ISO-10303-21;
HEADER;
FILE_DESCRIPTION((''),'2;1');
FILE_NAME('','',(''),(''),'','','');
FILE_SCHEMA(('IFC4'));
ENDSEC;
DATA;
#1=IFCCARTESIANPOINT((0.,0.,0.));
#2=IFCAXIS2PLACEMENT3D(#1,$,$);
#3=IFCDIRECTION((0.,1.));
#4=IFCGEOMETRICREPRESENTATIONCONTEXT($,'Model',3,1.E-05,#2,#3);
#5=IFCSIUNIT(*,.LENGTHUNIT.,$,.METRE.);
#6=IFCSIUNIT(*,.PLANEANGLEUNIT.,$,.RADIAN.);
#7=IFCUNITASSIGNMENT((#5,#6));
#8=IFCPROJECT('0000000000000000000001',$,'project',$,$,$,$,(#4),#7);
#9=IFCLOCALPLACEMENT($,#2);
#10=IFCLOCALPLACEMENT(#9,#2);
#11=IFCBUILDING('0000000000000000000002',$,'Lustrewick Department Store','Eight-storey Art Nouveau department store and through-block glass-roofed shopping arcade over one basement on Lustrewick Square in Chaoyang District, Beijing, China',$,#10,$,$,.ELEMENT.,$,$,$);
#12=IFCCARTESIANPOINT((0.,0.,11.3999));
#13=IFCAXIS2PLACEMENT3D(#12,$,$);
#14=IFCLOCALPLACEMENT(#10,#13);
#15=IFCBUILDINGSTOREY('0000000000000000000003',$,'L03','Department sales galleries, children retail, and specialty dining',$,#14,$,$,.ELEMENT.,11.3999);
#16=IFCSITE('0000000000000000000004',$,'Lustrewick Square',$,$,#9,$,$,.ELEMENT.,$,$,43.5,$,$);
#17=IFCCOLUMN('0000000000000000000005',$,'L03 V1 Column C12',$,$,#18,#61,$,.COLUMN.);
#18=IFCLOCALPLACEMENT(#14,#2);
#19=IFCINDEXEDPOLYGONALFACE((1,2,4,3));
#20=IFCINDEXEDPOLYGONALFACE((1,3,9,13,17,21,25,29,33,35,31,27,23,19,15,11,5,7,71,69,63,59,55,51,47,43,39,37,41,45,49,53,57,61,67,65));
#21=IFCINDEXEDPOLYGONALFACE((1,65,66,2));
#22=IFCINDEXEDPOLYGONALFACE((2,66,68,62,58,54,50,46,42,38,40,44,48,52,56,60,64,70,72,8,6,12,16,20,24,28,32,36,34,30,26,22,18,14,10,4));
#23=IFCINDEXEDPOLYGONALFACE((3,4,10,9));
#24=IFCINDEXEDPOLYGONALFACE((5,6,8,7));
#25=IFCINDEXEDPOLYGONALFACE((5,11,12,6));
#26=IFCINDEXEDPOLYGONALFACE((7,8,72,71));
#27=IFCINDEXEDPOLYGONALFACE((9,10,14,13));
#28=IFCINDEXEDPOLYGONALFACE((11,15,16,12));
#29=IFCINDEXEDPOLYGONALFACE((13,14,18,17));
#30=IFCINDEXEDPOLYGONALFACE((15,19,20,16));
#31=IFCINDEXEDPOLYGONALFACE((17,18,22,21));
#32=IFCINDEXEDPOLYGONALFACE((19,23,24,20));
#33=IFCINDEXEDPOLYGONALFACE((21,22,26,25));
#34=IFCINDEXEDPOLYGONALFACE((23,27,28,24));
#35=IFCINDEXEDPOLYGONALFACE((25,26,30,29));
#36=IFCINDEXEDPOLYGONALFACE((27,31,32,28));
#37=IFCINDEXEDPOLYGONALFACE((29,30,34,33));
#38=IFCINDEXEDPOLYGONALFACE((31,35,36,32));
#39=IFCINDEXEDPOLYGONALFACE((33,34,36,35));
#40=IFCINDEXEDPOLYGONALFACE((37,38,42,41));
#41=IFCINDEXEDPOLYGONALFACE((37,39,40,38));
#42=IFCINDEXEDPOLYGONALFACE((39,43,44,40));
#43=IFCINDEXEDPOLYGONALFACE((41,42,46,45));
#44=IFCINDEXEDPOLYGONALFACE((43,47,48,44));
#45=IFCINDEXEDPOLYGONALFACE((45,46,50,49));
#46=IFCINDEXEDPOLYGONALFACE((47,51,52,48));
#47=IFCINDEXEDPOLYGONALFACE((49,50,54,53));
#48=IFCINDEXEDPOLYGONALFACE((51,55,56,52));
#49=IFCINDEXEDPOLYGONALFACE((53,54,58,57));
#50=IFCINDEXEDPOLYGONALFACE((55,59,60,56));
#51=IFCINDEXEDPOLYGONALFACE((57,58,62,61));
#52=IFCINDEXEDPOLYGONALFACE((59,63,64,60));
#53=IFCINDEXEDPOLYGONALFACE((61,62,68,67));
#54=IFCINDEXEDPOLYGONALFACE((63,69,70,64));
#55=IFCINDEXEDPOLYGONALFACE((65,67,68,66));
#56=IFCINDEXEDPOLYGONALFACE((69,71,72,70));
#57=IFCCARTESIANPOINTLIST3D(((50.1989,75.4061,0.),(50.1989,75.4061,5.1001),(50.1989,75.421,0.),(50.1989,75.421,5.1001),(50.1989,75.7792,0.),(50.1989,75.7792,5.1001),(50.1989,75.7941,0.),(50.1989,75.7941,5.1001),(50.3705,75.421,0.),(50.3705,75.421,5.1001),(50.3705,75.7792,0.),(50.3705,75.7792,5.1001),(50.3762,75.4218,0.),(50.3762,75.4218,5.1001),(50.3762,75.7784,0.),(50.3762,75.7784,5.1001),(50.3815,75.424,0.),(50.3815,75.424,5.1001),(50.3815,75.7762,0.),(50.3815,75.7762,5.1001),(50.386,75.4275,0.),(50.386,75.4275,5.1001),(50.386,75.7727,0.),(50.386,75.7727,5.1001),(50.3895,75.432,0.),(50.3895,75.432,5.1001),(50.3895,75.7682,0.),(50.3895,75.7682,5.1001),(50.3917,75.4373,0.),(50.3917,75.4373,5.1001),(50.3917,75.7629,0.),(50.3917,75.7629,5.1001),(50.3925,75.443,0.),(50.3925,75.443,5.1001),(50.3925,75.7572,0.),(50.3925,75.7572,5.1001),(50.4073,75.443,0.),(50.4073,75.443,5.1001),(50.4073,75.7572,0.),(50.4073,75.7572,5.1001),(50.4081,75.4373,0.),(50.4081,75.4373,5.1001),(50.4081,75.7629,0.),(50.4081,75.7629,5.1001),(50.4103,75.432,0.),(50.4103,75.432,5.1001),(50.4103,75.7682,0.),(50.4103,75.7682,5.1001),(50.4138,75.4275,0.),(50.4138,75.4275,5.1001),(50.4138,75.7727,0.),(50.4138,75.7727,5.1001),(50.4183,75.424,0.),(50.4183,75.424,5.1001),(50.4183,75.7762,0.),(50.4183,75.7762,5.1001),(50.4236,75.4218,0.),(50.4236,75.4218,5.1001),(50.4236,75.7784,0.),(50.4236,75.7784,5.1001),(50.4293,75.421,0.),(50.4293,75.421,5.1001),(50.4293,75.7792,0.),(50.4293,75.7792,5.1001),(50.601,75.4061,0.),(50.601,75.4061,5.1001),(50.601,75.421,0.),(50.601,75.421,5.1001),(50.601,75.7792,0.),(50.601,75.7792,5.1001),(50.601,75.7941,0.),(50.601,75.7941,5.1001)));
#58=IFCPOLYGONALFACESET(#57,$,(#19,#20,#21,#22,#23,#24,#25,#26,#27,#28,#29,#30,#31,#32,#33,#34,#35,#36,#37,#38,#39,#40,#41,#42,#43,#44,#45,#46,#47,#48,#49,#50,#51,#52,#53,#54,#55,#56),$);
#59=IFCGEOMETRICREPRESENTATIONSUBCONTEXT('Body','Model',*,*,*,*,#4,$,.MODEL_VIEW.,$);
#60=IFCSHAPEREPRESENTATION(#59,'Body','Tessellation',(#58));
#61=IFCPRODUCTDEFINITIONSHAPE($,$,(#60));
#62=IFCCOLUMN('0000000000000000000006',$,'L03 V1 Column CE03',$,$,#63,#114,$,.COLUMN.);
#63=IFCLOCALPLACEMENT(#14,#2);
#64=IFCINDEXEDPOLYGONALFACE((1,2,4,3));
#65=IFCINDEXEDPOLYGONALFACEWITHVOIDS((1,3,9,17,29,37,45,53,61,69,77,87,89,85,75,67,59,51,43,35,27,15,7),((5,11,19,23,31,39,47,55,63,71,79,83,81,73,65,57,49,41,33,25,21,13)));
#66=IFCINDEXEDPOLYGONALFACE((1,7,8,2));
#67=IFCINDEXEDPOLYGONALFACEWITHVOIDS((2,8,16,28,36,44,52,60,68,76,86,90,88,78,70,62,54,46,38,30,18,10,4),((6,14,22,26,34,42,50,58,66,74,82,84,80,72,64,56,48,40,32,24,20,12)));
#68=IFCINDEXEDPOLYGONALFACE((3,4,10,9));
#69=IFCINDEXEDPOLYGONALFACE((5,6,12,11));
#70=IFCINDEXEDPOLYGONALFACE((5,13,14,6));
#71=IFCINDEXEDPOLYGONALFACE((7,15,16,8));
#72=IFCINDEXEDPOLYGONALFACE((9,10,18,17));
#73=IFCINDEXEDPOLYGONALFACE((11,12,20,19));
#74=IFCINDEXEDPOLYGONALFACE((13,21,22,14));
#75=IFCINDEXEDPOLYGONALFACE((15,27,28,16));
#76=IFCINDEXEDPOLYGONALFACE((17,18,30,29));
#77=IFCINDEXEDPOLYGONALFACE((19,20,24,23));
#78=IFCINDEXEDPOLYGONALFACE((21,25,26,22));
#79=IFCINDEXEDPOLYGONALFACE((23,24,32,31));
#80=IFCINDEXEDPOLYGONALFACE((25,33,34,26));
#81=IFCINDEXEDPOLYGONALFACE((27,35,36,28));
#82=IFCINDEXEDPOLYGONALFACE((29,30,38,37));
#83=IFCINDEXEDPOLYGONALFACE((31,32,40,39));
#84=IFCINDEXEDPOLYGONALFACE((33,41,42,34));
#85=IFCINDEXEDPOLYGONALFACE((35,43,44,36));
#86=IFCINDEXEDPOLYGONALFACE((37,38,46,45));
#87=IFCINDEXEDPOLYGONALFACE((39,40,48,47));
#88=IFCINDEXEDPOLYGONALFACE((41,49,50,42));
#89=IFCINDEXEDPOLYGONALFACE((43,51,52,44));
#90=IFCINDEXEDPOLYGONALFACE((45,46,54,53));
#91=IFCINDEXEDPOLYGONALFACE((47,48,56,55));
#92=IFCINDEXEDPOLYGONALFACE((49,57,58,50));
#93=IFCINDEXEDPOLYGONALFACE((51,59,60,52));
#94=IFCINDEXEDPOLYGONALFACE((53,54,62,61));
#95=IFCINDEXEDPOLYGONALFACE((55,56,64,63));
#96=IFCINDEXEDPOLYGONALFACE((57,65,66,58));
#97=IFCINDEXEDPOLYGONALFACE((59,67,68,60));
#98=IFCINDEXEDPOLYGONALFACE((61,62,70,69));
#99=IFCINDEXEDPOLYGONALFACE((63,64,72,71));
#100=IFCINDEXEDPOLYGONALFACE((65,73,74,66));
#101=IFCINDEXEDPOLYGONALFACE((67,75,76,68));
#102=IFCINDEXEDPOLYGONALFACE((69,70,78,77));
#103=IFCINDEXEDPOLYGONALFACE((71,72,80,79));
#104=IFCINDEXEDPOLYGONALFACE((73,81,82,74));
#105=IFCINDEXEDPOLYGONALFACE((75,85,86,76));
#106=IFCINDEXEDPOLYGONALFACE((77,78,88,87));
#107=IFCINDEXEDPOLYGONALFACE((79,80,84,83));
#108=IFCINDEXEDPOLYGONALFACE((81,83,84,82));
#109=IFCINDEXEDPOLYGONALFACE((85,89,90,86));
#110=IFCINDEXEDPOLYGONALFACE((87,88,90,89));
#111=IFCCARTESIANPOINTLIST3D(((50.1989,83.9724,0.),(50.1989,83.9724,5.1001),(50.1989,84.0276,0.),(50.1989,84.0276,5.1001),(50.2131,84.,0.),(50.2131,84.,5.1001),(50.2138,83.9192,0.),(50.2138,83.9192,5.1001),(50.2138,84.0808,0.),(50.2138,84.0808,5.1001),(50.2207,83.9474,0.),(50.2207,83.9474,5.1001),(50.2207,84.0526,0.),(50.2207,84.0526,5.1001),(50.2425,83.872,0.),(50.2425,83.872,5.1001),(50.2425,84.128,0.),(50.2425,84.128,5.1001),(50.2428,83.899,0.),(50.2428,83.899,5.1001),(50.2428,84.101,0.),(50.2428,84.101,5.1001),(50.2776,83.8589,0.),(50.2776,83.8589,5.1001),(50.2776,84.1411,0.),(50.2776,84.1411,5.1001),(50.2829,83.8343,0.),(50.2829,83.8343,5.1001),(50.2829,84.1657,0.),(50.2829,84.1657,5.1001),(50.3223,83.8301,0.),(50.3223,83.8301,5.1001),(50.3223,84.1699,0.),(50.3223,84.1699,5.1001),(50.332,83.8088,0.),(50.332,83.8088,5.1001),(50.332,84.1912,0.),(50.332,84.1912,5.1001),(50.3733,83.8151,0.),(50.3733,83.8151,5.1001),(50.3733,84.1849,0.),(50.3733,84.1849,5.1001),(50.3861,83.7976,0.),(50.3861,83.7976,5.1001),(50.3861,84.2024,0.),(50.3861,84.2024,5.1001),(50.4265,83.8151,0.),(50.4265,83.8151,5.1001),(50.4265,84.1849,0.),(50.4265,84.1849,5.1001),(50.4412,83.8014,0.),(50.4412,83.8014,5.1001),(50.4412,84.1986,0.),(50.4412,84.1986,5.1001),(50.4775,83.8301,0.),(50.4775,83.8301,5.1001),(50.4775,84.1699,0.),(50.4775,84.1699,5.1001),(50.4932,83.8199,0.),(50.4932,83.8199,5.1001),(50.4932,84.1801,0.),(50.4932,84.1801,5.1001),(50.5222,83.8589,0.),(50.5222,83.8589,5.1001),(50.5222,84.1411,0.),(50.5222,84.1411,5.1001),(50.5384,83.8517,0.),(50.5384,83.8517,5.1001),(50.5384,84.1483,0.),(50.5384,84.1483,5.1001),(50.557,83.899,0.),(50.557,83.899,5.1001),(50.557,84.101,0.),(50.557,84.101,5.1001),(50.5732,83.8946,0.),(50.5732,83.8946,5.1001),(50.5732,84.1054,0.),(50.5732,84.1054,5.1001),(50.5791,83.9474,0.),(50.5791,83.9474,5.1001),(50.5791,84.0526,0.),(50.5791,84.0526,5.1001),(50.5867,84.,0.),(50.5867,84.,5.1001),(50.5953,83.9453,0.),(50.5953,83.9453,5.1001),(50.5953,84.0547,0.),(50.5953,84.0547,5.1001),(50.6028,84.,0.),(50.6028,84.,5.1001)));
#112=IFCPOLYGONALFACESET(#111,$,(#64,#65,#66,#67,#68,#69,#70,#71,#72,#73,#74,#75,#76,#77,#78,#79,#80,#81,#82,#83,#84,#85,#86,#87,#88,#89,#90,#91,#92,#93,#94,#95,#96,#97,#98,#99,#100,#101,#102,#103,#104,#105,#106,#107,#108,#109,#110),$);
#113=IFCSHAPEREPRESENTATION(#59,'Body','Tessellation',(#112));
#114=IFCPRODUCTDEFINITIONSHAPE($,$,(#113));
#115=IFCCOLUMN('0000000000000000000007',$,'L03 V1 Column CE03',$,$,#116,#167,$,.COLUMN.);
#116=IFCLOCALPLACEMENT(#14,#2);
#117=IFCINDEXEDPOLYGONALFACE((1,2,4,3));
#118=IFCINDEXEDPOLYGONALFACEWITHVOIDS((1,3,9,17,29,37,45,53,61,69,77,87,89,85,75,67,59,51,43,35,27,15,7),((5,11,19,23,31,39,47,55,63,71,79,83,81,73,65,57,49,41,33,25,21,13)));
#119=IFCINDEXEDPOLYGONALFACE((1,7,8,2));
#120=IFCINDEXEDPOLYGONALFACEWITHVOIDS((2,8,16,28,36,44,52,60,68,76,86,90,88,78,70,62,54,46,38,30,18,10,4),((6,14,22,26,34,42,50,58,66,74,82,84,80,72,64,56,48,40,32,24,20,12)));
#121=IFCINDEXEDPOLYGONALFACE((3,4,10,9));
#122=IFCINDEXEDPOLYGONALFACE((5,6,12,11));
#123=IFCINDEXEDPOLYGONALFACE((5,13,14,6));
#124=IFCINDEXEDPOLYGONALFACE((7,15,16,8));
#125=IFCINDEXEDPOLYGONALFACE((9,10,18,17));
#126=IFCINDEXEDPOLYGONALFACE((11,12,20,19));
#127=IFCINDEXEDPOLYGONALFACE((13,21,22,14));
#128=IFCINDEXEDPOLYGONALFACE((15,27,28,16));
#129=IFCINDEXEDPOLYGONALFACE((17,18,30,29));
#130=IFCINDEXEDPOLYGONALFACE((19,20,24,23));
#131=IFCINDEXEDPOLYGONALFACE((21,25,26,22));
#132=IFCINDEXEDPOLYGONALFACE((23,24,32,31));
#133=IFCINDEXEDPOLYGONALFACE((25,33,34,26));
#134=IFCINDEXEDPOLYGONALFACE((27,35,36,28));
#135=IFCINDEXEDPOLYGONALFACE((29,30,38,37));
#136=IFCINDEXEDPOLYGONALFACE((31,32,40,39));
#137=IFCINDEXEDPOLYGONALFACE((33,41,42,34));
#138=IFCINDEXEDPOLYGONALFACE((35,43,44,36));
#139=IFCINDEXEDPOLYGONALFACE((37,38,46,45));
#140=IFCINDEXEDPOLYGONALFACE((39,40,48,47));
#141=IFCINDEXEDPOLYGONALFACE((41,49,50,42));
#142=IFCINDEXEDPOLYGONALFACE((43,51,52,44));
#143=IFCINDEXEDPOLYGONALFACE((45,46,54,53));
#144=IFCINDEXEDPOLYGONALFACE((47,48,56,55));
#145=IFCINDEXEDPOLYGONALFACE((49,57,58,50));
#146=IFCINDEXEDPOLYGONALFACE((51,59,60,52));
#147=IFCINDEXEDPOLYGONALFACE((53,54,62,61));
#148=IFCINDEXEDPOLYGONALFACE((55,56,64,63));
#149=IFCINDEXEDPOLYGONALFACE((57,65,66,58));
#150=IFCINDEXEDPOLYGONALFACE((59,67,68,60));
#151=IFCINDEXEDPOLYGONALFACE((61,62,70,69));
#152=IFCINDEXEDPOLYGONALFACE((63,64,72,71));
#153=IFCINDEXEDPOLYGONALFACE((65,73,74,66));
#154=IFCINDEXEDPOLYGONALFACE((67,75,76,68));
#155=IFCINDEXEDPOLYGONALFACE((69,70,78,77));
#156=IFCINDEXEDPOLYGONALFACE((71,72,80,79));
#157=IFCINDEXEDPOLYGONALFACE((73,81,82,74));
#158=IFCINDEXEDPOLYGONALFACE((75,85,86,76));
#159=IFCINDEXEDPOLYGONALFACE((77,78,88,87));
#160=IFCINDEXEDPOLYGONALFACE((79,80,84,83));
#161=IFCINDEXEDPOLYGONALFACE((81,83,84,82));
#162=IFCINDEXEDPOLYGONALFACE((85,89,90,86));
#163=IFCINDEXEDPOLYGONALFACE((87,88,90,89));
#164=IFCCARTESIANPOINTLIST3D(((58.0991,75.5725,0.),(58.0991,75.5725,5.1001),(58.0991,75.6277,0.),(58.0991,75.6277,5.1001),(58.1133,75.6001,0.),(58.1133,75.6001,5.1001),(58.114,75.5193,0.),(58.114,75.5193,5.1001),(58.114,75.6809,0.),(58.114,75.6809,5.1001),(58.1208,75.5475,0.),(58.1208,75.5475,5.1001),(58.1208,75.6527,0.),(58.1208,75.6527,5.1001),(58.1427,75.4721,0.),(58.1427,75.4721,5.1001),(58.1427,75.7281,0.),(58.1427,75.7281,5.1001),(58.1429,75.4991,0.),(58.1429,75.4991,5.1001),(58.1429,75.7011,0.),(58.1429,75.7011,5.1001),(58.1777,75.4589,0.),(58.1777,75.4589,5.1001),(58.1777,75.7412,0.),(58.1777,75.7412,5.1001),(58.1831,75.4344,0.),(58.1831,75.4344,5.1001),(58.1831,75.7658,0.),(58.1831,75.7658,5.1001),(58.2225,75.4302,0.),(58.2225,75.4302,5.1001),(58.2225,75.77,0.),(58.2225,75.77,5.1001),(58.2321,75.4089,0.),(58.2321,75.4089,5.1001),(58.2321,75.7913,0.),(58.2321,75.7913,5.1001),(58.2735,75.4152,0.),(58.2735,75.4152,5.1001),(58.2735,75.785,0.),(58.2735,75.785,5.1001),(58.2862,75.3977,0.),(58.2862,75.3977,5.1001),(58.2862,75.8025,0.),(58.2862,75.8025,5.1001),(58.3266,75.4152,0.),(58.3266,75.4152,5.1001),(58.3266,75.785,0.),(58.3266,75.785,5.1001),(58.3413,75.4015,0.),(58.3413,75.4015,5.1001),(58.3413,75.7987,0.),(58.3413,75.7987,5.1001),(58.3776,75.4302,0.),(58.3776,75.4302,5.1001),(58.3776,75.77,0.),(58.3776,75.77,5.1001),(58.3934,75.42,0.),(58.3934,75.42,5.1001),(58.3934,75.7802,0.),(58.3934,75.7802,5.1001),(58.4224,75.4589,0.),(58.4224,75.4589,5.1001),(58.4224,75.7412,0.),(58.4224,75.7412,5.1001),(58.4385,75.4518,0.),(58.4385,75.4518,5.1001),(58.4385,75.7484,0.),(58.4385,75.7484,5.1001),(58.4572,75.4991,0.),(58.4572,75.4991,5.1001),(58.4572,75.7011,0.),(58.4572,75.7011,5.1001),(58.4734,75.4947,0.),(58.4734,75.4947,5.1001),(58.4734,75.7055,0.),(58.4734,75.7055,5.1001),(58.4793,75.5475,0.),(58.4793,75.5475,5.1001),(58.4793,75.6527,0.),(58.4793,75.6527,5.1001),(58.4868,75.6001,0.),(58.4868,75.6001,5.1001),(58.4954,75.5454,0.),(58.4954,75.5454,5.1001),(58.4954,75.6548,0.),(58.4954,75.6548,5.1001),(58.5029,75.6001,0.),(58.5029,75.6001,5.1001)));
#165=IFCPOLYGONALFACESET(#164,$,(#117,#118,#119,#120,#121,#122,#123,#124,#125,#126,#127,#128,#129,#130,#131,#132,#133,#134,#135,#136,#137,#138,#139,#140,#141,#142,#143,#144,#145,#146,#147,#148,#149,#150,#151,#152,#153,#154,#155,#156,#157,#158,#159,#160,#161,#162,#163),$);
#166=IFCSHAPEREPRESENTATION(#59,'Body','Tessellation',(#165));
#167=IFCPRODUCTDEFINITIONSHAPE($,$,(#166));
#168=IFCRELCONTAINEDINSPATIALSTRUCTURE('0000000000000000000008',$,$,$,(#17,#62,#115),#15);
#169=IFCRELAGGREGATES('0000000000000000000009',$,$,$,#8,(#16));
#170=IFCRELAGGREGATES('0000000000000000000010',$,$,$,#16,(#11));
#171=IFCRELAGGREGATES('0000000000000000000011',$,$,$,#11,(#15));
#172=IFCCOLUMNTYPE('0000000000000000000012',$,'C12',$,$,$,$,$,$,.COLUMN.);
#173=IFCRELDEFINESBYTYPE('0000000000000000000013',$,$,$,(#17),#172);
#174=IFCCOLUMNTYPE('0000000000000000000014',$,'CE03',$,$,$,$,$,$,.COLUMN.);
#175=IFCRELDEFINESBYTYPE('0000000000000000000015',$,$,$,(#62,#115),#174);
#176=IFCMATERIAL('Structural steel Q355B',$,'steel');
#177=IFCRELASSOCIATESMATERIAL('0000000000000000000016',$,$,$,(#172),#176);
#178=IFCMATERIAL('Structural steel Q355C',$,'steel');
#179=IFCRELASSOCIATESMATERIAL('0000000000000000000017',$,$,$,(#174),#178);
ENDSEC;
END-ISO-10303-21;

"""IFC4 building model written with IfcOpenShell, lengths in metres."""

from ifc_helpers import new_model, si_unit, direction, frame, origin, origin_2d, place, context, subcontext, project, spatial, hollow_circle, i_section, extrude, material, material_profile, profile_set, type_object, element, save


model = new_model("IFC4")

# Units and contexts
model_context = context("Model", 3, precision=1e-05, world=origin(), true_north=direction((0.0, 1.0)))
body_context = subcontext(model_context, "Body", "Model", "MODEL_VIEW")
ifc_project = project(units=[si_unit("LENGTHUNIT", "METRE"), si_unit("PLANEANGLEUNIT", "RADIAN")], contexts=[model_context])

# Site, building, storey
site_placement = place(None, origin())
site = spatial("IfcSite", under=ifc_project, at=site_placement, Name="Lustrewick Square", CompositionType="ELEMENT", RefElevation=43.5)
building_placement = place(site_placement, origin())
building = spatial("IfcBuilding", under=site, at=building_placement, Name="Lustrewick Department Store", Description="Eight-storey Art Nouveau department store and through-block glass-roofed shopping arcade over one basement on Lustrewick Square in Chaoyang District, Beijing, China", CompositionType="ELEMENT")
storey_placement = place(building_placement, frame((0.0, 0.0, 11.3999)))
storey = spatial("IfcBuildingStorey", under=building, at=storey_placement, Name="L03", Description="Department sales galleries, children retail, and specialty dining", CompositionType="ELEMENT", Elevation=11.3999)

# Columns
ifc_material_1 = material(Name="Structural steel Q355B", Category="steel")
ifc_material_profile_1 = material_profile(ifc_material_1, i_section(OverallWidth=0.4021, OverallDepth=0.3879, WebThickness=0.0149, FlangeThickness=0.0149, FilletRadius=0.022, at=origin_2d()), Name="HW 388x402x15x15")
ifc_profile_set_1 = profile_set([ifc_material_profile_1], Name="Structural steel Q355B")
column_type_1 = type_object("IfcColumnType", Name="C12", PredefinedType="COLUMN", material=ifc_profile_set_1)
column_1_placement = place(storey_placement, frame((50.3999, 75.6001, 0.0), z_axis=(0.0, 0.0, 1.0), x_axis=(1.0, 0.0, 0.0)))
element("IfcColumn", 1, at=column_1_placement, inside=storey, type_object=column_type_1, Name="L03 V1 Column C12", PredefinedType="COLUMN", context=body_context, shape_type="SweptSolid", body=[
    extrude(i_section(OverallWidth=0.4021, OverallDepth=0.3879, WebThickness=0.0149, FlangeThickness=0.0149, FilletRadius=0.022, at=origin_2d()), origin(), (0.0, 0.0, 1.0), 5.1001),
])
ifc_material_2 = material(Name="Structural steel Q355C", Category="steel")
ifc_material_profile_2 = material_profile(ifc_material_2, hollow_circle(Radius=0.2029, WallThickness=0.0161, at=origin_2d()), Name="CHS 406x16")
ifc_profile_set_2 = profile_set([ifc_material_profile_2], Name="Structural steel Q355C")
column_type_2 = type_object("IfcColumnType", Name="CE03", PredefinedType="COLUMN", material=ifc_profile_set_2)
for number, where, z_axis, x_axis, name in (
    (2, (50.3999, 84.0, 0.0), (0.0, 0.0, 1.0), (1.0, 0.0, 0.0), "L03 V1 Column CE03"),
    (3, (58.3, 75.6001, 0.0), (0.0, 0.0, 1.0), (1.0, 0.0, 0.0), "L03 V1 Column CE03"),
):
    element("IfcColumn", number, at=place(storey_placement, frame(where, z_axis=z_axis, x_axis=x_axis)), inside=storey, type_object=column_type_2, Name=name, PredefinedType="COLUMN", context=body_context, shape_type="SweptSolid", body=[
        extrude(hollow_circle(Radius=0.2029, WallThickness=0.0161, at=origin_2d()), origin(), (0.0, 0.0, 1.0), 5.1001),
    ])

save(model, "model.ifc")
